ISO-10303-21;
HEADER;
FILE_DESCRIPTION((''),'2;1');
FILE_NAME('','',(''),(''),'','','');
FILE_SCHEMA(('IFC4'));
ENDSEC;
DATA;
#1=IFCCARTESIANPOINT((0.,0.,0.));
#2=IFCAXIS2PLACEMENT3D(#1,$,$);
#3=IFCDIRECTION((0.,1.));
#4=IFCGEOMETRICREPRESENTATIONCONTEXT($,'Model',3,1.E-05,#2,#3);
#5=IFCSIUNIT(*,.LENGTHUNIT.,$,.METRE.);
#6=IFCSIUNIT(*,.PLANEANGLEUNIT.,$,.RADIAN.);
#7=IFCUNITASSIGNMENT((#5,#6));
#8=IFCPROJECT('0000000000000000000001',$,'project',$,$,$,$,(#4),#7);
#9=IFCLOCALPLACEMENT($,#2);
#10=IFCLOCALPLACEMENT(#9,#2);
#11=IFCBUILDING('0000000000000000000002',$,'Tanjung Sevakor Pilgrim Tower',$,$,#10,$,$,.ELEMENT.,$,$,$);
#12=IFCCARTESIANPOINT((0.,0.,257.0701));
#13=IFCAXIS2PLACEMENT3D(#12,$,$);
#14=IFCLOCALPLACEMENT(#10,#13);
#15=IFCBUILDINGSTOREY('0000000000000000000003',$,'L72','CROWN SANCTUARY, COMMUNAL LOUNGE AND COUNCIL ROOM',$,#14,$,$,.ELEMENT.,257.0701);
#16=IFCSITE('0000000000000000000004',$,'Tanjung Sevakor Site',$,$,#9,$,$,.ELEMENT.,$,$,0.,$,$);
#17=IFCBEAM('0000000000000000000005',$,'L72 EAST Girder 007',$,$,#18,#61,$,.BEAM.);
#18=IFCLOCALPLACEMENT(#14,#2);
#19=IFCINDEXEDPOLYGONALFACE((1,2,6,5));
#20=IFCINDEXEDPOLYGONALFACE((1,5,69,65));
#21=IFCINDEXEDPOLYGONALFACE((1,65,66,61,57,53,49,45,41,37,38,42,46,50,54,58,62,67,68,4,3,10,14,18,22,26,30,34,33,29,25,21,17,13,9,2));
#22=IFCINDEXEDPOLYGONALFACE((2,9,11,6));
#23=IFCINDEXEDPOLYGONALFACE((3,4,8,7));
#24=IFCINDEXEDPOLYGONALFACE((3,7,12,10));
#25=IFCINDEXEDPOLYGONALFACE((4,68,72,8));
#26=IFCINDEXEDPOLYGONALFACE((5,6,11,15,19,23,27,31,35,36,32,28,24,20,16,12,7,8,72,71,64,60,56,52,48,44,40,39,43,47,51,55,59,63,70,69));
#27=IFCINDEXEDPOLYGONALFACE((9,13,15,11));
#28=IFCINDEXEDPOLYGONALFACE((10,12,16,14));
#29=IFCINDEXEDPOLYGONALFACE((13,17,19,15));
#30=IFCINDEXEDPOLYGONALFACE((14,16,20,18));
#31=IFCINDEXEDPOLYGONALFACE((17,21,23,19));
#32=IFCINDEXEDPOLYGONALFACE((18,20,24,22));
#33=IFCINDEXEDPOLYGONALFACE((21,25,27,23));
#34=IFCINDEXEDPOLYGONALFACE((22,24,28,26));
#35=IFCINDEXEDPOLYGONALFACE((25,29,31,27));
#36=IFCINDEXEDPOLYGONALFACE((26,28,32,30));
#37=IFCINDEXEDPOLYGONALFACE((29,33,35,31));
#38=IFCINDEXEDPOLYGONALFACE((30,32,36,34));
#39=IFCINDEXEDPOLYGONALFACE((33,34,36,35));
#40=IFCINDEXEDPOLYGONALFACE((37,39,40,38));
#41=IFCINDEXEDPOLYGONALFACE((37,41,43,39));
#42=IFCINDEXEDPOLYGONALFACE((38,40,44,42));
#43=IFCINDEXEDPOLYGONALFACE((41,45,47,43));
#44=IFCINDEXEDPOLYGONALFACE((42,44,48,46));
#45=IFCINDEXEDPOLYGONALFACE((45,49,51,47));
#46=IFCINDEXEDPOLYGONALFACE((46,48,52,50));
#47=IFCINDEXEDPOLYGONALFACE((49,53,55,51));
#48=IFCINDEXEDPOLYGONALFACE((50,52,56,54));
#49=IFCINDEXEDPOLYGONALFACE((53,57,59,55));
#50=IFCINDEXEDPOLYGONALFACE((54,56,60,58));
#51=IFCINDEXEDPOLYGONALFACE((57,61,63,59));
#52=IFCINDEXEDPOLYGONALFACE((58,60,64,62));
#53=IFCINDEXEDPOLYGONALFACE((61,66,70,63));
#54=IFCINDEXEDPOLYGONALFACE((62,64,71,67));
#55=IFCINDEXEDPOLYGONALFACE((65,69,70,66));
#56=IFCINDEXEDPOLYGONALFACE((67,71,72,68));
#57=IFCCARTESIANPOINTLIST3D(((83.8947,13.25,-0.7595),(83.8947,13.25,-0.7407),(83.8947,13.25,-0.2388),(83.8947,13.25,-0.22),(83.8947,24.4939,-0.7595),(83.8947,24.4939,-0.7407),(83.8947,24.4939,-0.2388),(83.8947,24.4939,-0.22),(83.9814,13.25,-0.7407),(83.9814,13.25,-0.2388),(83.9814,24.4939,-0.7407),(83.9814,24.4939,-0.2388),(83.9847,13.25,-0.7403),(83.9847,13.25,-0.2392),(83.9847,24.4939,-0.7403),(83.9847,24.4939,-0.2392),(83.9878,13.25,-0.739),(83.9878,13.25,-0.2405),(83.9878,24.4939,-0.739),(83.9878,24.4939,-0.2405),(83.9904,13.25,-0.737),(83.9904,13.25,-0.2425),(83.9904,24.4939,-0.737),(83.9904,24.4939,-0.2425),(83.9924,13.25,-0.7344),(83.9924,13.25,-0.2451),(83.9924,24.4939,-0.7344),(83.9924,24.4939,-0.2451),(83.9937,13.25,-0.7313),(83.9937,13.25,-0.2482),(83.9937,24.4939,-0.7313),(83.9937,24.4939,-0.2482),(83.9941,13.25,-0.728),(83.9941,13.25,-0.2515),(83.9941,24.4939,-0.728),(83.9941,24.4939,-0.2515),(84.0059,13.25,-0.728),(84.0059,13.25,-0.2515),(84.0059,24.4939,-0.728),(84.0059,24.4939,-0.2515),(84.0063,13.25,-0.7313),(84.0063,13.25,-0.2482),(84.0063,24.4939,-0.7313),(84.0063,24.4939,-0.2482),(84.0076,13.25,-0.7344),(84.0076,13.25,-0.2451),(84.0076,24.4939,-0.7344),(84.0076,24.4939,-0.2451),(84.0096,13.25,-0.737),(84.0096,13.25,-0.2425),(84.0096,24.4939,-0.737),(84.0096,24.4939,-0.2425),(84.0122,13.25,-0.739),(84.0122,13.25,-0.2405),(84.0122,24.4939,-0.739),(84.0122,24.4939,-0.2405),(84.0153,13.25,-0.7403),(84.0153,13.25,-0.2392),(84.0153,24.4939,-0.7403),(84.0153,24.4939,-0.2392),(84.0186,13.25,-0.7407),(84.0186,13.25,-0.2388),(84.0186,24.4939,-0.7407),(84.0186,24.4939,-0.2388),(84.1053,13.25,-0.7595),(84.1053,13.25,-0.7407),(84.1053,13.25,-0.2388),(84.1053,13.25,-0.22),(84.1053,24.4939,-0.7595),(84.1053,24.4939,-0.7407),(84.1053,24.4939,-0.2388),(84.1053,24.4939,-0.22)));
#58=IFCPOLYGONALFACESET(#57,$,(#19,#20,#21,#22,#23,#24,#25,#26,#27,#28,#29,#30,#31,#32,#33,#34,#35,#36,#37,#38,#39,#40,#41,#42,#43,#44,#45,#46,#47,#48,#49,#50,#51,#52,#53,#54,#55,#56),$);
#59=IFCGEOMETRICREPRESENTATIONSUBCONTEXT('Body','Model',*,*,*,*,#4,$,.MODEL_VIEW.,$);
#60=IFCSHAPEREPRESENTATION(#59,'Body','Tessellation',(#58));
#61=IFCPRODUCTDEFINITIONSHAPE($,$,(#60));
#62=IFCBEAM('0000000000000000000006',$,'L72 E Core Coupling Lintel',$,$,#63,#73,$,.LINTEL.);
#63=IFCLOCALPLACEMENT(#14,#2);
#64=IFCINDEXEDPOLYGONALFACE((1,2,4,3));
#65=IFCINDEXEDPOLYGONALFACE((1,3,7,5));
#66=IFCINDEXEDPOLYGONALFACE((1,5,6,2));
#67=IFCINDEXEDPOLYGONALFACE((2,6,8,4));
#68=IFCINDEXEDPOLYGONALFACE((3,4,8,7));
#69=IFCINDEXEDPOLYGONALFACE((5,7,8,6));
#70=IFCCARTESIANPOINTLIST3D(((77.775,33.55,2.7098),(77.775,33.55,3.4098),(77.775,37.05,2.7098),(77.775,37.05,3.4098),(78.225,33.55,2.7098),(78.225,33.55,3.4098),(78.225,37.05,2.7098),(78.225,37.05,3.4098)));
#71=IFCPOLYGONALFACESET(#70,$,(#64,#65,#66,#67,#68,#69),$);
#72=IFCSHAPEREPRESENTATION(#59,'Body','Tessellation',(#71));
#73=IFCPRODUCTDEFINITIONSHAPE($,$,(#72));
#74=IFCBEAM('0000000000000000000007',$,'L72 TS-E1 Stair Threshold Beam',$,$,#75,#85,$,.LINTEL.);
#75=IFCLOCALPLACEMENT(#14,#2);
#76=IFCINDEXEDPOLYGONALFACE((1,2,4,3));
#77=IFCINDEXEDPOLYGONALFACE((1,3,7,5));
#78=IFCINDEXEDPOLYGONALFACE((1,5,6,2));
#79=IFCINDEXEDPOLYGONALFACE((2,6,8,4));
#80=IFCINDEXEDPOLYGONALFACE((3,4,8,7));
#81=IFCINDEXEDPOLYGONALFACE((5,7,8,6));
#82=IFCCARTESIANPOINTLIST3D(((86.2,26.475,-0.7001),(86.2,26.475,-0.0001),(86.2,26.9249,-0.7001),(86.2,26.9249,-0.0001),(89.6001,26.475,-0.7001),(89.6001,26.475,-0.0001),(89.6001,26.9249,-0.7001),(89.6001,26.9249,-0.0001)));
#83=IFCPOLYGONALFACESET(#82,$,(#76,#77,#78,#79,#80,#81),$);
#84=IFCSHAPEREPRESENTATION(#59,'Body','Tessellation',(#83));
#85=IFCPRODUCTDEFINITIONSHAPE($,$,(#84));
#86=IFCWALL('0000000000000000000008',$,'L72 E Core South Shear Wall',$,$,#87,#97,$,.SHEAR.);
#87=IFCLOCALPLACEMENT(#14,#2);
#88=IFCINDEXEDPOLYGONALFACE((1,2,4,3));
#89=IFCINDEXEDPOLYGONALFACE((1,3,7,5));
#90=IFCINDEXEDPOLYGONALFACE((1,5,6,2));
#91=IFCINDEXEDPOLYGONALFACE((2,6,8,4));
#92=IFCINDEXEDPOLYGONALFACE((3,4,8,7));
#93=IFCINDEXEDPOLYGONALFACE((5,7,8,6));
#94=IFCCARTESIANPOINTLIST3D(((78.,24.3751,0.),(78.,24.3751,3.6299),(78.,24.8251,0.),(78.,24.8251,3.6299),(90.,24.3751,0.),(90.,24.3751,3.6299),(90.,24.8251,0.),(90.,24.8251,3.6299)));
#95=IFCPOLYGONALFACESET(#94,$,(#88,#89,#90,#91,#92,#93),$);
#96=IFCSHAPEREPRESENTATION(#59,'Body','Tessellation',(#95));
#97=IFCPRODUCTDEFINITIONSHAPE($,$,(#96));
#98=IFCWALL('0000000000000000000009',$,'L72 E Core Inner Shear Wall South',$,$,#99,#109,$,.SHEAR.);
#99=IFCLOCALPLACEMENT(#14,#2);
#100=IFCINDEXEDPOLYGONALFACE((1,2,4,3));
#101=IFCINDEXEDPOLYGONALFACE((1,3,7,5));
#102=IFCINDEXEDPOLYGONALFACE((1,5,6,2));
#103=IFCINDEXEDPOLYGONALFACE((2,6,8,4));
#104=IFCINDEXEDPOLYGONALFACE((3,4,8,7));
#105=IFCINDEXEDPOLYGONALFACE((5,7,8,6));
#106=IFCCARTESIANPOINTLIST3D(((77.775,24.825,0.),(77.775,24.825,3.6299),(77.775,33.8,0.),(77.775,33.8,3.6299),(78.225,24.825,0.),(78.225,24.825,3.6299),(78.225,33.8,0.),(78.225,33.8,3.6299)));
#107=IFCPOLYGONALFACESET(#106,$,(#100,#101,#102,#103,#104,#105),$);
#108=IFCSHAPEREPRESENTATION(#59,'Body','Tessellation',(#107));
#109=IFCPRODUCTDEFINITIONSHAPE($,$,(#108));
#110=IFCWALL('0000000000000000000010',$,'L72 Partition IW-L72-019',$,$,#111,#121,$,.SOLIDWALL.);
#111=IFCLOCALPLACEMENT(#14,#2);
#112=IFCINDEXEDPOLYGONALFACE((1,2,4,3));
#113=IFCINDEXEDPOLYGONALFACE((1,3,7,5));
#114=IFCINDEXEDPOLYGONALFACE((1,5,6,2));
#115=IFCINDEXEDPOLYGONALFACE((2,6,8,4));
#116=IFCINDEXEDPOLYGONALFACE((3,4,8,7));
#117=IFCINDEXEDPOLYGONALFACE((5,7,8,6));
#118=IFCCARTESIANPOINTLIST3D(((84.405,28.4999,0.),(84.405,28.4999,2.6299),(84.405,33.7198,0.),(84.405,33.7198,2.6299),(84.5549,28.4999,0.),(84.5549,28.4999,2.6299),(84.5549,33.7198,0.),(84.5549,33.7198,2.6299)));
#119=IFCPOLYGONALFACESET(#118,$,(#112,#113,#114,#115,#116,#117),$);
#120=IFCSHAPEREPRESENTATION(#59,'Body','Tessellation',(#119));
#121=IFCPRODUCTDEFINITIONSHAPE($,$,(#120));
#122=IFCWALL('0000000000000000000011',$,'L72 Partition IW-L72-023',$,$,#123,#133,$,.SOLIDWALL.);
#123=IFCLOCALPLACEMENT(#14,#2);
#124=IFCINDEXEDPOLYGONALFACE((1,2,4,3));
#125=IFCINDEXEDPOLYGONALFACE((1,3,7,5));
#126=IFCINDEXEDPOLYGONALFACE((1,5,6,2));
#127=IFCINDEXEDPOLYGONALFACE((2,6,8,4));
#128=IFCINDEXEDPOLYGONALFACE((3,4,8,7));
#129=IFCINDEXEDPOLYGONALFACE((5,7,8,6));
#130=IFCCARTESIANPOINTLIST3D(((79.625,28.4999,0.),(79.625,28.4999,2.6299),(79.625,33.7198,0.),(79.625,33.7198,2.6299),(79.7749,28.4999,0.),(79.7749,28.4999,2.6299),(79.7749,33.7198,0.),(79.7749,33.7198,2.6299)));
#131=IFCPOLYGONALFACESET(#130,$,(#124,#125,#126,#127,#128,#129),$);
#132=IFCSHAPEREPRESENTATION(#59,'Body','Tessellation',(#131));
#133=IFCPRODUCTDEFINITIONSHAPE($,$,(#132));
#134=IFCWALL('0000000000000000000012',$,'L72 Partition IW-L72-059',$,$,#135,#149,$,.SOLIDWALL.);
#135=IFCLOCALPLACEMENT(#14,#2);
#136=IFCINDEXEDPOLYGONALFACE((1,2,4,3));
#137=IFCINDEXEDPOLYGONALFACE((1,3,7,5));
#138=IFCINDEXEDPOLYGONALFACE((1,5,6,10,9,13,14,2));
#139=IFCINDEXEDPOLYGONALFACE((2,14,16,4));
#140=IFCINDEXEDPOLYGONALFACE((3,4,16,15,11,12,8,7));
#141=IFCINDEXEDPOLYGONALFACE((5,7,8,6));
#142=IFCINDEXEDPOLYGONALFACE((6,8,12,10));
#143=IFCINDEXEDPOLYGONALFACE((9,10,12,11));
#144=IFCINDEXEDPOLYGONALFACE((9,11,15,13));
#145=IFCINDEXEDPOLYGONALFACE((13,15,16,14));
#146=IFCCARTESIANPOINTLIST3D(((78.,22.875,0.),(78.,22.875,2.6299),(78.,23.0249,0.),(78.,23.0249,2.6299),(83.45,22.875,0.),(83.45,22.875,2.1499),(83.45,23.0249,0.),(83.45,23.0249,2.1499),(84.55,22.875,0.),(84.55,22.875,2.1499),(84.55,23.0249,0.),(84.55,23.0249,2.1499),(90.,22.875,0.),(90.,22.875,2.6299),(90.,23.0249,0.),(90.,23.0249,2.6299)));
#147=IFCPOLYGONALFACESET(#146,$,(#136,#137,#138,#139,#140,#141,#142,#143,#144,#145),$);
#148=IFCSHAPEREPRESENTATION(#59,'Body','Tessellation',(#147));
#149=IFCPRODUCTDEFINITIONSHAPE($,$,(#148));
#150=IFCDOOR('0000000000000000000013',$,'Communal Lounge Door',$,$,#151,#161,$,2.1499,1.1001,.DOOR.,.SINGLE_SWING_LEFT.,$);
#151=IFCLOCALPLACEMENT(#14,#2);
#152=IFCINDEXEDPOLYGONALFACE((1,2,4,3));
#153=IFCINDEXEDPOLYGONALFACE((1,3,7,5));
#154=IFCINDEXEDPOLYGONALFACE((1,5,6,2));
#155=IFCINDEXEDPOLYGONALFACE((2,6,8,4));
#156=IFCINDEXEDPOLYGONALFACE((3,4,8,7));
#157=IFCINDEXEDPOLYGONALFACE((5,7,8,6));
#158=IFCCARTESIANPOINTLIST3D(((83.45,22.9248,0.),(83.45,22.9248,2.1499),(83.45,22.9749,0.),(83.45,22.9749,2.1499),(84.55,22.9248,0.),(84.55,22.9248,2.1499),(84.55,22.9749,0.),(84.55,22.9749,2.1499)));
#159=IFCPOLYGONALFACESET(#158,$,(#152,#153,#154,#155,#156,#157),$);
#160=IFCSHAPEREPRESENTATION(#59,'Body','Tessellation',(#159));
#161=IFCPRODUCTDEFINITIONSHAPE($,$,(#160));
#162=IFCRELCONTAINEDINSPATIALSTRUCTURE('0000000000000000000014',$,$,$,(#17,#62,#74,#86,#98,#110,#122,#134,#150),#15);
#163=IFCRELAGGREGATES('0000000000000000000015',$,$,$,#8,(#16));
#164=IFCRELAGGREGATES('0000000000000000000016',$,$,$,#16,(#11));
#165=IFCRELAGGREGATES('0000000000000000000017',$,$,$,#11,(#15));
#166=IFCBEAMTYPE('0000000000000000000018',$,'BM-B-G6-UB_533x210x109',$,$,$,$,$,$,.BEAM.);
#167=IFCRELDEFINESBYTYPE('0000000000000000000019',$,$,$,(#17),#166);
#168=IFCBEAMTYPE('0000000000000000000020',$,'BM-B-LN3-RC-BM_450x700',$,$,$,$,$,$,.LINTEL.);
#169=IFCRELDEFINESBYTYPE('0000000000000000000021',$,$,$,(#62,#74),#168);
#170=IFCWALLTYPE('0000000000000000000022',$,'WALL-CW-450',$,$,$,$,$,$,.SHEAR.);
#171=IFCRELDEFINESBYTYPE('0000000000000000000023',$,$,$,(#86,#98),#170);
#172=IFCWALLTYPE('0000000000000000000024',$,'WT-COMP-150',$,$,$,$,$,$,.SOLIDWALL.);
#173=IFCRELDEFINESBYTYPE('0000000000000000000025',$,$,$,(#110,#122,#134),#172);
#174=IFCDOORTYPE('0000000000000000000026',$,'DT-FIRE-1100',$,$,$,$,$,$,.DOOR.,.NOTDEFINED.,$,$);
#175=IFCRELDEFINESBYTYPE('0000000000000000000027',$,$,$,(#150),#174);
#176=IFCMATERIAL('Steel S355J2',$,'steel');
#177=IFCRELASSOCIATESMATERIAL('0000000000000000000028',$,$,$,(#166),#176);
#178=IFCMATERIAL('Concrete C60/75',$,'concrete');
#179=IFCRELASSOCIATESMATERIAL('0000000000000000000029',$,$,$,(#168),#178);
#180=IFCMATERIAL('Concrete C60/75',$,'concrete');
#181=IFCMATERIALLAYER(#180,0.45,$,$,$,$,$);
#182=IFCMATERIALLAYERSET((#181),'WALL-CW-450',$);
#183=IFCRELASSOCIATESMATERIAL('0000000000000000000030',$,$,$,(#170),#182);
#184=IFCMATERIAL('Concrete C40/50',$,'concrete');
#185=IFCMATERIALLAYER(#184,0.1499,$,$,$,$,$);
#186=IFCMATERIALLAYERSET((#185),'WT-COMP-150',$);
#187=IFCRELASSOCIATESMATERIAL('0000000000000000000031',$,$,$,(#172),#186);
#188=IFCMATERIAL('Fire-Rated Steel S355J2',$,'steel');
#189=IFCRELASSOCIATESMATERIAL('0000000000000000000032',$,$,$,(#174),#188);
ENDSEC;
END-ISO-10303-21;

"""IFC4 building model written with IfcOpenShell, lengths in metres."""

from ifc_helpers import new_model, si_unit, direction, frame, frame_2d, origin, origin_2d, place, context, subcontext, project, spatial, rectangle, i_section, extrude, material, layer, layer_set, material_profile, profile_set, type_object, element, fill, save


model = new_model("IFC4")

# Units and contexts
model_context = context("Model", 3, precision=1e-05, world=origin(), true_north=direction((0.0, 1.0)))
body_context = subcontext(model_context, "Body", "Model", "MODEL_VIEW")
ifc_project = project(units=[si_unit("LENGTHUNIT", "METRE"), si_unit("PLANEANGLEUNIT", "RADIAN")], contexts=[model_context])

# Site, building, storey
site_placement = place(None, origin())
site = spatial("IfcSite", under=ifc_project, at=site_placement, Name="Tanjung Sevakor Site", CompositionType="ELEMENT", RefElevation=0.0)
building_placement = place(site_placement, origin())
building = spatial("IfcBuilding", under=site, at=building_placement, Name="Tanjung Sevakor Pilgrim Tower", CompositionType="ELEMENT")
storey_placement = place(building_placement, frame((0.0, 0.0, 257.0701)))
storey = spatial("IfcBuildingStorey", under=building, at=storey_placement, Name="L72", Description="CROWN SANCTUARY, COMMUNAL LOUNGE AND COUNCIL ROOM", CompositionType="ELEMENT", Elevation=257.0701)

# Beams
ifc_material_1 = material(Name="Steel S355J2", Category="steel")
ifc_material_profile_1 = material_profile(ifc_material_1, i_section(OverallWidth=0.2107, OverallDepth=0.5396, WebThickness=0.0117, FlangeThickness=0.0188, FilletRadius=0.0127, at=origin_2d()))
ifc_profile_set_1 = profile_set([ifc_material_profile_1], Name="Steel S355J2")
beam_type_1 = type_object("IfcBeamType", Name="BM-B-G6-UB_533x210x109", PredefinedType="BEAM", material=ifc_profile_set_1)
beam_1_placement = place(storey_placement, frame((84.0, 13.25, -0.4897), z_axis=(0.0, 1.0, 0.0), x_axis=(-1.0, 0.0, 0.0)))
element("IfcBeam", 1, at=beam_1_placement, inside=storey, type_object=beam_type_1, Name="L72 EAST Girder 007", PredefinedType="BEAM", context=body_context, shape_type="SweptSolid", body=[
    extrude(i_section(OverallWidth=0.2107, OverallDepth=0.5396, WebThickness=0.0117, FlangeThickness=0.0188, FilletRadius=0.0127, at=origin_2d()), origin(), (0.0, 0.0, 1.0), 11.2439),
])
ifc_material_2 = material(Name="Concrete C60/75", Category="concrete")
ifc_material_profile_2 = material_profile(ifc_material_2, rectangle(XDim=0.45, YDim=0.7, at=origin_2d()))
ifc_profile_set_2 = profile_set([ifc_material_profile_2], Name="Concrete C60/75")
beam_type_2 = type_object("IfcBeamType", Name="BM-B-LN3-RC-BM_450x700", PredefinedType="LINTEL", material=ifc_profile_set_2)
beam_2_placement = place(storey_placement, frame((78.0, 33.55, 3.0598), z_axis=(0.0, 1.0, 0.0), x_axis=(-1.0, 0.0, 0.0)))
element("IfcBeam", 2, at=beam_2_placement, inside=storey, type_object=beam_type_2, Name="L72 E Core Coupling Lintel", PredefinedType="LINTEL", context=body_context, shape_type="SweptSolid", body=[
    extrude(rectangle(XDim=0.45, YDim=0.7, at=origin_2d()), origin(), (0.0, 0.0, 1.0), 3.5),
])
beam_3_placement = place(storey_placement, frame((86.2, 26.7, -0.3501), z_axis=(1.0, 0.0, 0.0), x_axis=(0.0, 1.0, 0.0)))
element("IfcBeam", 3, at=beam_3_placement, inside=storey, type_object=beam_type_2, Name="L72 TS-E1 Stair Threshold Beam", PredefinedType="LINTEL", context=body_context, shape_type="SweptSolid", body=[
    extrude(rectangle(XDim=0.45, YDim=0.7, at=origin_2d()), origin(), (0.0, 0.0, 1.0), 3.4001),
])

# Walls
ifc_material_3 = material(Name="Concrete C60/75", Category="concrete")
ifc_layer_1 = layer(ifc_material_3, 0.45)
ifc_layer_set_1 = layer_set([ifc_layer_1], Name="WALL-CW-450")
wall_type_1 = type_object("IfcWallType", Name="WALL-CW-450", PredefinedType="SHEAR", material=ifc_layer_set_1)
wall_1_placement = place(storey_placement, frame((78.0, 24.6001, 0.0), z_axis=(0.0, 0.0, 1.0), x_axis=(1.0, 0.0, 0.0)))
element("IfcWall", 4, at=wall_1_placement, inside=storey, type_object=wall_type_1, Name="L72 E Core South Shear Wall", PredefinedType="SHEAR", context=body_context, shape_type="SweptSolid", body=[
    extrude(rectangle(XDim=12.0, YDim=0.45, at=frame_2d((6.0, 0.0))), origin(), (0.0, 0.0, 1.0), 3.6299),
])
wall_2_placement = place(storey_placement, frame((78.0, 24.825, 0.0), z_axis=(0.0, 0.0, 1.0), x_axis=(0.0, 1.0, 0.0)))
element("IfcWall", 5, at=wall_2_placement, inside=storey, type_object=wall_type_1, Name="L72 E Core Inner Shear Wall South", PredefinedType="SHEAR", context=body_context, shape_type="SweptSolid", body=[
    extrude(rectangle(XDim=8.9751, YDim=0.45, at=frame_2d((4.4875, 0.0))), origin(), (0.0, 0.0, 1.0), 3.6299),
])

# Wall
ifc_material_4 = material(Name="Concrete C40/50", Category="concrete")
ifc_layer_2 = layer(ifc_material_4, 0.1499)
ifc_layer_set_2 = layer_set([ifc_layer_2], Name="WT-COMP-150")
wall_type_2 = type_object("IfcWallType", Name="WT-COMP-150", PredefinedType="SOLIDWALL", material=ifc_layer_set_2)
wall_3_placement = place(storey_placement, frame((84.48, 28.5, 0.0), z_axis=(0.0, 0.0, 1.0), x_axis=(0.0, 1.0, 0.0)))
element("IfcWall", 6, at=wall_3_placement, inside=storey, type_object=wall_type_2, Name="L72 Partition IW-L72-019", PredefinedType="SOLIDWALL", context=body_context, shape_type="SweptSolid", body=[
    extrude(rectangle(XDim=5.22, YDim=0.1499, at=frame_2d((2.6099, 0.0))), origin(), (0.0, 0.0, 1.0), 2.6299),
])

# Wall
wall_4_placement = place(storey_placement, frame((79.7, 28.5, 0.0), z_axis=(0.0, 0.0, 1.0), x_axis=(0.0, 1.0, 0.0)))
element("IfcWall", 7, at=wall_4_placement, inside=storey, type_object=wall_type_2, Name="L72 Partition IW-L72-023", PredefinedType="SOLIDWALL", context=body_context, shape_type="SweptSolid", body=[
    extrude(rectangle(XDim=5.22, YDim=0.1499, at=frame_2d((2.6099, 0.0))), origin(), (0.0, 0.0, 1.0), 2.6299),
])

# Wall, opening, door
wall_5_placement = place(storey_placement, frame((78.0, 22.95, 0.0), z_axis=(0.0, 0.0, 1.0), x_axis=(1.0, 0.0, 0.0)))
wall_5 = element("IfcWall", 8, at=wall_5_placement, inside=storey, type_object=wall_type_2, Name="L72 Partition IW-L72-059", PredefinedType="SOLIDWALL", context=body_context, shape_type="SweptSolid", body=[
    extrude(rectangle(XDim=12.0, YDim=0.1499, at=frame_2d((6.0, 0.0))), origin(), (0.0, 0.0, 1.0), 2.6299),
])
opening_1_placement = place(wall_5_placement, frame((5.45, 0.0, 0.0)))
opening_1 = element("IfcOpeningElement", 9, at=opening_1_placement, cuts=wall_5, PredefinedType="OPENING", context=body_context, shape_type="SweptSolid", body=[
    extrude(rectangle(XDim=1.1001, YDim=2.1499, at=frame_2d((0.55, 1.075))), frame((0.0, 0.085, 0.0), z_axis=(0.0, -1.0, 0.0), x_axis=(1.0, 0.0, 0.0)), (0.0, 0.0, 1.0), 0.1699),
])
ifc_material_5 = material(Name="Fire-Rated Steel S355J2", Category="steel")
door_type_1 = type_object("IfcDoorType", Name="DT-FIRE-1100", OperationType="NOTDEFINED", PredefinedType="DOOR", material=ifc_material_5)
door_1_placement = place(opening_1_placement, origin())
door_1 = element("IfcDoor", 10, at=door_1_placement, inside=storey, type_object=door_type_1, Name="Communal Lounge Door", OperationType="SINGLE_SWING_LEFT", OverallHeight=2.1499, OverallWidth=1.1001, PredefinedType="DOOR", context=body_context, shape_type="SweptSolid", body=[
    extrude(rectangle(XDim=1.1001, YDim=2.1499, at=frame_2d((0.55, 1.075))), frame((0.0, 0.0249, 0.0), z_axis=(0.0, -1.0, 0.0), x_axis=(1.0, 0.0, 0.0)), (0.0, 0.0, 1.0), 0.05),
])
fill(opening_1, door_1)

save(model, "model.ifc")
